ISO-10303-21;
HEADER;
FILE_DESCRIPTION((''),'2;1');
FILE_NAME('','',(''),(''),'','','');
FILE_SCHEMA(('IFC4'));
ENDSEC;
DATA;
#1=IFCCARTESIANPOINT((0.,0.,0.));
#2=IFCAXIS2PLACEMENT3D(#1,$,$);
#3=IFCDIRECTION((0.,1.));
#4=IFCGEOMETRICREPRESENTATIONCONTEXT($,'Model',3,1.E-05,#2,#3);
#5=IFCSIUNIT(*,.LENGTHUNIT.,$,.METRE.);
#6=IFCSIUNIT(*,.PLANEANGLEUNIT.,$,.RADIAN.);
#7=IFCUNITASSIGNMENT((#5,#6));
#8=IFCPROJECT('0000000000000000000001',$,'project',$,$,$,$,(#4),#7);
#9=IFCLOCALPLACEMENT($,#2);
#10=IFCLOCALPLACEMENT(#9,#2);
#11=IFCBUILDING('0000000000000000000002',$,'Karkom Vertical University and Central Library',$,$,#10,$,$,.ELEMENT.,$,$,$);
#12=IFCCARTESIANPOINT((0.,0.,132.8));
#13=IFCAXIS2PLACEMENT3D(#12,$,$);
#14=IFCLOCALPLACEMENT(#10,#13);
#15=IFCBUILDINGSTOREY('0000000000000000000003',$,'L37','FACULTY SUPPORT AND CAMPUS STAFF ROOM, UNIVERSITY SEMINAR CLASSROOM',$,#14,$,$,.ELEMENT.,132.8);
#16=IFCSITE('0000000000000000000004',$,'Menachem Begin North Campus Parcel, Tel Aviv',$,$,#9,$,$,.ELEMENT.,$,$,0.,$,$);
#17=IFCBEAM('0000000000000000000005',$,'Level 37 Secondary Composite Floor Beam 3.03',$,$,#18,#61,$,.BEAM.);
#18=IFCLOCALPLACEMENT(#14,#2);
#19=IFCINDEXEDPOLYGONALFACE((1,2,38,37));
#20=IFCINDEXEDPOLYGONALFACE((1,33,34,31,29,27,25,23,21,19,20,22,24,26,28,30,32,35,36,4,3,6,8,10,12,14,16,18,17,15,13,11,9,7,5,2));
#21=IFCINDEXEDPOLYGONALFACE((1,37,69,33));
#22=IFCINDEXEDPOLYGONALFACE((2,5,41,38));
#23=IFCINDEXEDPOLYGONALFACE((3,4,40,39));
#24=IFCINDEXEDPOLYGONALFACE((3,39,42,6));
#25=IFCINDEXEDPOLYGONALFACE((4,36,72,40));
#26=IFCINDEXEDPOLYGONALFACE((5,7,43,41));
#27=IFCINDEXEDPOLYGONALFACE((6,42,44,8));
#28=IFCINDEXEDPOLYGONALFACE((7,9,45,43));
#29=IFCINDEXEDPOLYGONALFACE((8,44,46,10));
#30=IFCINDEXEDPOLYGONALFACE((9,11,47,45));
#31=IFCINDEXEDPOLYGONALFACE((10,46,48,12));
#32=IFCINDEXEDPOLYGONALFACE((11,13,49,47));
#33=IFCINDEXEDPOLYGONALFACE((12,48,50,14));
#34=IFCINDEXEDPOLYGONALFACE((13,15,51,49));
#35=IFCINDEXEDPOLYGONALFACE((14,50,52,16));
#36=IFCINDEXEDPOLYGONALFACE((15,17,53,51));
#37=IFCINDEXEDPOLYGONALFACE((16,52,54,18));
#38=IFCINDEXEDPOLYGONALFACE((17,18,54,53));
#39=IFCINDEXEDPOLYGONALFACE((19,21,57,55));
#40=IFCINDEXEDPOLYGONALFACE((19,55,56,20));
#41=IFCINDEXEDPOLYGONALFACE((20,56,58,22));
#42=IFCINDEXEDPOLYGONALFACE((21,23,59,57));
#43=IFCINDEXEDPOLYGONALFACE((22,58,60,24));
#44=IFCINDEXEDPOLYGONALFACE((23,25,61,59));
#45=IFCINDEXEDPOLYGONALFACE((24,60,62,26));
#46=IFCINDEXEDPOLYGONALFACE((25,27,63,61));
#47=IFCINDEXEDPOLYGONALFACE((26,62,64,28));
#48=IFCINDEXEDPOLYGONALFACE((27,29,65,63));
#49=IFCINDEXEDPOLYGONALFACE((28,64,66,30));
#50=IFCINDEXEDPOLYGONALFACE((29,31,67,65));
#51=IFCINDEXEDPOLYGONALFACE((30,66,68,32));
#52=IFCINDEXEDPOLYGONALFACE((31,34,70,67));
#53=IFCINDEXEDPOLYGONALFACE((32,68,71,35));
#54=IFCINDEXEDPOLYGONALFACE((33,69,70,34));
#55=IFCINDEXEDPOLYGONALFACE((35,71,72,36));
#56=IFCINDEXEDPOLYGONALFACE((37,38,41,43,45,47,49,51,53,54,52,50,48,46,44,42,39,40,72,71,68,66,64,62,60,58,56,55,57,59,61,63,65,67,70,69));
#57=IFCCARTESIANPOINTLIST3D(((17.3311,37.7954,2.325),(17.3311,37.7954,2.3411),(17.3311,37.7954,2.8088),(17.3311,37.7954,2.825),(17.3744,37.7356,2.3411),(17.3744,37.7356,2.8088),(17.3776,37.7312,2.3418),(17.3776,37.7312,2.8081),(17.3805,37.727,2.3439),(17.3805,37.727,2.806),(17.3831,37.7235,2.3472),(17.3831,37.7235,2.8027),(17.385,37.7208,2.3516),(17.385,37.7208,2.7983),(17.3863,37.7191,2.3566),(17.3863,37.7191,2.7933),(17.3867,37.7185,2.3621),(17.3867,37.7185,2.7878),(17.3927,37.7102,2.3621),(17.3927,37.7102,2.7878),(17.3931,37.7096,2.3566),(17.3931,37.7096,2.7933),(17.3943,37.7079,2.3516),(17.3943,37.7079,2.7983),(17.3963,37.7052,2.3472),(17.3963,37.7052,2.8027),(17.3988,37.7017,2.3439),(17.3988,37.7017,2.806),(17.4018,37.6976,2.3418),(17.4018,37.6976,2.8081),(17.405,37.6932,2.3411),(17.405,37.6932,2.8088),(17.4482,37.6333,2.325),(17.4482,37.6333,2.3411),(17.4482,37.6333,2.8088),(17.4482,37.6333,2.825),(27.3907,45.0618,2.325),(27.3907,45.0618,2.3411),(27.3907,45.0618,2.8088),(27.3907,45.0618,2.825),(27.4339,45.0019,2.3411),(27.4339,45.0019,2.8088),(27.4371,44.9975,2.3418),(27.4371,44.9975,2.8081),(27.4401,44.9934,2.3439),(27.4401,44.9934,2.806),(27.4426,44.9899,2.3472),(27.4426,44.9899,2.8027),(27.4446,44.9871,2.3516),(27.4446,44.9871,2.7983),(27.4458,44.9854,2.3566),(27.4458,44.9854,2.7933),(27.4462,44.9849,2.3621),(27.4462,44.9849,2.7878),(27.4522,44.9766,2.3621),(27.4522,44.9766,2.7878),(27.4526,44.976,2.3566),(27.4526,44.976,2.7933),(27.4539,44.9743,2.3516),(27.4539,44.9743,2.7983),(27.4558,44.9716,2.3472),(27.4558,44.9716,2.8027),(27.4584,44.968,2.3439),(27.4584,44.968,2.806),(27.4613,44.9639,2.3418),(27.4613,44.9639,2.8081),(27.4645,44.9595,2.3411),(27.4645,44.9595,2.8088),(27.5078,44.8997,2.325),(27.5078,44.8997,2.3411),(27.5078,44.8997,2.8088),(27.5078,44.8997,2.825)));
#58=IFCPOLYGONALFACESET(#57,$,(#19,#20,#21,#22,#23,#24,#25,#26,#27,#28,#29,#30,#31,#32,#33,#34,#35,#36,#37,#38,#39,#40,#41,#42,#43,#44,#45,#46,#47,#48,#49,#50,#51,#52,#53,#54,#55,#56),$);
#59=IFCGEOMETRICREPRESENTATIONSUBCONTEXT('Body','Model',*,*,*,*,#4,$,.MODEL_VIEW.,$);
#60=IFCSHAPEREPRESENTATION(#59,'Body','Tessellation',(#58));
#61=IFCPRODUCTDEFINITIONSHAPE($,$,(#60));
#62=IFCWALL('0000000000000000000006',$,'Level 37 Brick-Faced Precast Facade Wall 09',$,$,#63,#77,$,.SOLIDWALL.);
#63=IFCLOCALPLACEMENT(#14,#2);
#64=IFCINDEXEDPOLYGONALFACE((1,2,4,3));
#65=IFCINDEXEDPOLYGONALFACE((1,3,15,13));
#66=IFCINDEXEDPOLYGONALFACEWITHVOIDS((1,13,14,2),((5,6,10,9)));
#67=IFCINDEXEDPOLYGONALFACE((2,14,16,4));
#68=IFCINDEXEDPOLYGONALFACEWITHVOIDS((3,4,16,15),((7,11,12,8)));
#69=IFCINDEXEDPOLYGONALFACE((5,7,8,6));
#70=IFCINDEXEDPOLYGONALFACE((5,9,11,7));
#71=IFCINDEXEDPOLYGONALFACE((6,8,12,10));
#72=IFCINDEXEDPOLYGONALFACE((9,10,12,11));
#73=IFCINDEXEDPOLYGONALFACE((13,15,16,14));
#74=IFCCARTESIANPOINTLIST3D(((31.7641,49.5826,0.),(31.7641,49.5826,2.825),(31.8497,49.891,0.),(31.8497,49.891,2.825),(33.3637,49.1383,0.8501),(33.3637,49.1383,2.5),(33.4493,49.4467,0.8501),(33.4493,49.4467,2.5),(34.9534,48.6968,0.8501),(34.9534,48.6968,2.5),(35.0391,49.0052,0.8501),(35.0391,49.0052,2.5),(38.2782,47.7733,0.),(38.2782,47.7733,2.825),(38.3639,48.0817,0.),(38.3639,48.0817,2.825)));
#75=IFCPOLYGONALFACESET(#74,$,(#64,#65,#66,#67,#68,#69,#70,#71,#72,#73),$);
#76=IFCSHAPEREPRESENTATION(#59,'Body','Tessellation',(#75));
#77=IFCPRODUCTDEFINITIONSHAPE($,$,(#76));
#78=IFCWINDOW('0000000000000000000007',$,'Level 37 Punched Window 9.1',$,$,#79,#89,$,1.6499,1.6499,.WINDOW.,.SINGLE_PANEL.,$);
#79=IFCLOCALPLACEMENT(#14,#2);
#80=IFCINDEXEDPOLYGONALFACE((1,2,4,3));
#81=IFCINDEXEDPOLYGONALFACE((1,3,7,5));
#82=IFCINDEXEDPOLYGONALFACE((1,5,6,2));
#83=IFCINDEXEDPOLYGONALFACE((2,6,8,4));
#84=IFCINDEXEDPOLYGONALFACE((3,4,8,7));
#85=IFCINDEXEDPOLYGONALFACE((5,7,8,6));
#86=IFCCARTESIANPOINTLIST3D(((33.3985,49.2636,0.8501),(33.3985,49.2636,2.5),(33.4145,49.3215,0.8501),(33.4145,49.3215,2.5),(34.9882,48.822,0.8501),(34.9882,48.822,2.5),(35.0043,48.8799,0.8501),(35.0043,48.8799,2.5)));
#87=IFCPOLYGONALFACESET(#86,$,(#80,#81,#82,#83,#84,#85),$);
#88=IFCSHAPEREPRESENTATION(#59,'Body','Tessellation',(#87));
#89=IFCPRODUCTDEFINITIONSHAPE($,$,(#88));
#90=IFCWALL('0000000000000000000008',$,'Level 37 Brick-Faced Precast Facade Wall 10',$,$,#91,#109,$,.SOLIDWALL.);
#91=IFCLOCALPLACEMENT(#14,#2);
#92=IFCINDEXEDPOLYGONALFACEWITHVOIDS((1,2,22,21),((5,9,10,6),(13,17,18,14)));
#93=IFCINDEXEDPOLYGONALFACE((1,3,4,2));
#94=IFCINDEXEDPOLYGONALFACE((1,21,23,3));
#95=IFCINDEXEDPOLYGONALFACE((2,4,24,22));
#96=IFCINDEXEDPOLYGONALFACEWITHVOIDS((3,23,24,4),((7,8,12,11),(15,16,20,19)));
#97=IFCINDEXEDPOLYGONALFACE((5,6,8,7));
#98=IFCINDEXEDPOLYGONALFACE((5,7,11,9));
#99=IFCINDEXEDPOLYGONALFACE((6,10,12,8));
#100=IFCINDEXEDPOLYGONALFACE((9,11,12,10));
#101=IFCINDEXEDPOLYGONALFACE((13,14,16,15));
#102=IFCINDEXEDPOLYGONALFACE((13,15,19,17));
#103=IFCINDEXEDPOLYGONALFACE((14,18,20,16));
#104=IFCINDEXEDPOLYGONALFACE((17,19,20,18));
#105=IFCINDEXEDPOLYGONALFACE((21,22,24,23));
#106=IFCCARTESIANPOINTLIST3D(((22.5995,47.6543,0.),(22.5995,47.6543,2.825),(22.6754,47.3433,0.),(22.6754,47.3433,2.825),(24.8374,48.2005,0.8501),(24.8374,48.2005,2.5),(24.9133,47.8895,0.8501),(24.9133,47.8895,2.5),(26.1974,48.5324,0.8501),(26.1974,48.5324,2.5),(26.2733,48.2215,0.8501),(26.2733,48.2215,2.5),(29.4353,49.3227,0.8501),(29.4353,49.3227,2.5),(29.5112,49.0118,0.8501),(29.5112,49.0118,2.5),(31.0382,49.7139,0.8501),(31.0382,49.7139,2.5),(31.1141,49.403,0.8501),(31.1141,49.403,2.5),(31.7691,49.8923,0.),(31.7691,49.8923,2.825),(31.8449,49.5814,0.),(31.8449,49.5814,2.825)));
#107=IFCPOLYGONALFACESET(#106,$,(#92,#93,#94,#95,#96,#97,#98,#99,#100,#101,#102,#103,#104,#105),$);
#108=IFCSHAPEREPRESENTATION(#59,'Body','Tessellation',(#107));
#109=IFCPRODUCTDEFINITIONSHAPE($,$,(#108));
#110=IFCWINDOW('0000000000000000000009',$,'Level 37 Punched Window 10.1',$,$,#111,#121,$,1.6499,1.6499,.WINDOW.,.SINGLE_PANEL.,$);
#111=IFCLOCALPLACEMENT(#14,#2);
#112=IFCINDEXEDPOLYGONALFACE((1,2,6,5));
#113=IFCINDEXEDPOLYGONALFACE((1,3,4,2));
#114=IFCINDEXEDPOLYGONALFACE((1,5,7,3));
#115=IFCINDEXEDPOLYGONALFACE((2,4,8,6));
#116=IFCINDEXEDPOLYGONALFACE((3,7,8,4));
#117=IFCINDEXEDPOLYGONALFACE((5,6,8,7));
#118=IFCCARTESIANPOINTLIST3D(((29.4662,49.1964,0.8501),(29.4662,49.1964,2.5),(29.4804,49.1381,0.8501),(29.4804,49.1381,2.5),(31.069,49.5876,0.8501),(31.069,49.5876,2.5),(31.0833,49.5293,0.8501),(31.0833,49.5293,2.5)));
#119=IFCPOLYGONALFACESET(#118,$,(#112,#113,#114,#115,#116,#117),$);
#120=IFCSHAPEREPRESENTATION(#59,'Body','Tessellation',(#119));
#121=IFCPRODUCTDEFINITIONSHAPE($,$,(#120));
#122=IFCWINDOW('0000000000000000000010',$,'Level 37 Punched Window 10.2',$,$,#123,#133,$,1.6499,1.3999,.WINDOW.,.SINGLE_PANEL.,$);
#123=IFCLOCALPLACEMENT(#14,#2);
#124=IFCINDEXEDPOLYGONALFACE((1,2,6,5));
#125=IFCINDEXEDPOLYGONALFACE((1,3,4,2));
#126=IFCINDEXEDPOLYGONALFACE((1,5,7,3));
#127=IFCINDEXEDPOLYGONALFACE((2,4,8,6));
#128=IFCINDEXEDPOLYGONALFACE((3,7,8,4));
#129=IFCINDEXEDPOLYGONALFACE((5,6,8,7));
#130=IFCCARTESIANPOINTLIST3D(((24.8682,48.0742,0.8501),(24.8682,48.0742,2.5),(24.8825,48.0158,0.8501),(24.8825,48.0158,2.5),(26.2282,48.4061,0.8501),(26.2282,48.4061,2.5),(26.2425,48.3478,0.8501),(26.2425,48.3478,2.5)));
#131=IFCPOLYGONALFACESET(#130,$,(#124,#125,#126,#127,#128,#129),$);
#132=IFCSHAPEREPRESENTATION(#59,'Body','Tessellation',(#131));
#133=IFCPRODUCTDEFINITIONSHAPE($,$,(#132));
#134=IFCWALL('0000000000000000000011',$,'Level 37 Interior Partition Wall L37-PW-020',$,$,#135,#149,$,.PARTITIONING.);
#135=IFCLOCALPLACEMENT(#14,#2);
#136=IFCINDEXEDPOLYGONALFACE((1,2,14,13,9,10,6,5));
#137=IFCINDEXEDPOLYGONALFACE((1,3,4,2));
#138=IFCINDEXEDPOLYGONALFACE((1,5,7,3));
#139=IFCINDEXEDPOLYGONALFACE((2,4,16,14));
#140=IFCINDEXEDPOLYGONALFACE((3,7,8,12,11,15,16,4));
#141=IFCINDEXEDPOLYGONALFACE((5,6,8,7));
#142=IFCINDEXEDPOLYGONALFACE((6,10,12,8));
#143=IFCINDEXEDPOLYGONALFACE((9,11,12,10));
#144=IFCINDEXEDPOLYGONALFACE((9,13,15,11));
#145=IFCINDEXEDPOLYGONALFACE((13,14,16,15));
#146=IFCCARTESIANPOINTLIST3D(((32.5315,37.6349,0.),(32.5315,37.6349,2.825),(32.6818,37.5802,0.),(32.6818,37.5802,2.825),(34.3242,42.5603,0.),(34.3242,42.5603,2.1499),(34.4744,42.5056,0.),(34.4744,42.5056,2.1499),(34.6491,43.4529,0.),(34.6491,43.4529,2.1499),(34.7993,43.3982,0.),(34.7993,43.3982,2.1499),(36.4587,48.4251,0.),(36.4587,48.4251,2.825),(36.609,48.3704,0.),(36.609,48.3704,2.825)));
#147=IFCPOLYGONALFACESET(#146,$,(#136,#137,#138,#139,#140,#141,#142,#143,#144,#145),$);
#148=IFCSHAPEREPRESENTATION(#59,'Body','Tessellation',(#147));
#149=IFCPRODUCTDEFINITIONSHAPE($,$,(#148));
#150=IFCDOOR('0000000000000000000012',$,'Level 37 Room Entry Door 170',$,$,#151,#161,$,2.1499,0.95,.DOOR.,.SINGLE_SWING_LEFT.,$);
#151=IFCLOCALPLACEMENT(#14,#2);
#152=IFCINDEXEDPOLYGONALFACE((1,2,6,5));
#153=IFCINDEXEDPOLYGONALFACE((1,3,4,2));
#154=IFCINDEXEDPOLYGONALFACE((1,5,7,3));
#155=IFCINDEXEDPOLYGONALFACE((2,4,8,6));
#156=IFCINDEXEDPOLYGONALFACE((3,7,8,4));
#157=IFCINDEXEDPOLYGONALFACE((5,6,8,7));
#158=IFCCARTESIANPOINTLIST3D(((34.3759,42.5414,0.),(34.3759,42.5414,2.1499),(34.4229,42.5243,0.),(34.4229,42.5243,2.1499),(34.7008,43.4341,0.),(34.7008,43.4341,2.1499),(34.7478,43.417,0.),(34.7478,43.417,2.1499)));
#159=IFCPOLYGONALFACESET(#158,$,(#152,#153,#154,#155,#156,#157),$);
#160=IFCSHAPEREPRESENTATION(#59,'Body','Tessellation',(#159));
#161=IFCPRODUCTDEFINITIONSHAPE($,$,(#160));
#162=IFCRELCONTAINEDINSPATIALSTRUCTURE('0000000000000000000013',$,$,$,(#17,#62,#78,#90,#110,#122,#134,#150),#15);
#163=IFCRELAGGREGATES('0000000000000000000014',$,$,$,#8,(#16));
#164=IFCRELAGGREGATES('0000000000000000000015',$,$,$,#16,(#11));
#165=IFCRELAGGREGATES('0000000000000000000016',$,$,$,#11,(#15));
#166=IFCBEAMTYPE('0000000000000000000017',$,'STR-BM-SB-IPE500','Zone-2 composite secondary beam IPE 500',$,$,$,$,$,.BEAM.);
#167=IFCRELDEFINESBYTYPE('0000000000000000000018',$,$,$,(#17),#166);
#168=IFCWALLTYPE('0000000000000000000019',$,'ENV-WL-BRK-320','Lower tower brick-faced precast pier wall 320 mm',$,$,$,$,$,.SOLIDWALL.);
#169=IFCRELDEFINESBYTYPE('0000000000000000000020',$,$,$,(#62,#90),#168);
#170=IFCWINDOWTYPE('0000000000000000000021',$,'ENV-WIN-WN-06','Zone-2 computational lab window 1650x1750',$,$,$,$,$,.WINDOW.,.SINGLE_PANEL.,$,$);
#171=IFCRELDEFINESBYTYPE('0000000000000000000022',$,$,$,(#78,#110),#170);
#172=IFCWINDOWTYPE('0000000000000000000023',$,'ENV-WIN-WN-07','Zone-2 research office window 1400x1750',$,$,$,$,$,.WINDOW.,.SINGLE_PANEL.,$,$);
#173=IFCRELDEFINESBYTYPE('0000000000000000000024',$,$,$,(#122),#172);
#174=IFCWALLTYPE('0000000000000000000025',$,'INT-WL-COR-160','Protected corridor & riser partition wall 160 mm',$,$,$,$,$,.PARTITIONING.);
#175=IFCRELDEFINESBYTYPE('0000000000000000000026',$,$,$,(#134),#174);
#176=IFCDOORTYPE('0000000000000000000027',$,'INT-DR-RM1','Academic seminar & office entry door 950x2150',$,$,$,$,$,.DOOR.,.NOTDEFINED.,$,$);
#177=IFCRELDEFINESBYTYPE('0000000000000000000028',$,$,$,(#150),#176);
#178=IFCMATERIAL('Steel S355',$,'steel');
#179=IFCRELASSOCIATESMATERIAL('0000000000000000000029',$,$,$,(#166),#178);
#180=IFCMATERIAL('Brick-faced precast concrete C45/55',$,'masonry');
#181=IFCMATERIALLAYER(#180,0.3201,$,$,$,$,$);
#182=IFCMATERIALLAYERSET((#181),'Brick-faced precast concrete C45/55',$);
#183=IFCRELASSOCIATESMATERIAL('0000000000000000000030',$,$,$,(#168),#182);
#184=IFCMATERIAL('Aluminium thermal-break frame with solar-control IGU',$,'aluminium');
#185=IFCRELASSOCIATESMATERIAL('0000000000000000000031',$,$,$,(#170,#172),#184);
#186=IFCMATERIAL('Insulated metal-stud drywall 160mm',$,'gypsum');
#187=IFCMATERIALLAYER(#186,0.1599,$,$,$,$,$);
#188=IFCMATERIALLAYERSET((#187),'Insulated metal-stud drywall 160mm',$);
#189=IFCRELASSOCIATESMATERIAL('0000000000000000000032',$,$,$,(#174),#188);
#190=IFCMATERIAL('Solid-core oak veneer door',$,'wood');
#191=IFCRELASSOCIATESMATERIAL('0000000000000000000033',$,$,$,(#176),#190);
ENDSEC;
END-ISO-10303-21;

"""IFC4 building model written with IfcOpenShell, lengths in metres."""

from ifc_helpers import new_model, si_unit, direction, frame, frame_2d, origin, origin_with_axes, origin_2d, place, context, subcontext, project, spatial, rectangle, i_section, extrude, source, transform, mapped, material, layer, layer_set, material_profile, profile_set, type_object, element, fill, save


model = new_model("IFC4")

# Units and contexts
model_context = context("Model", 3, precision=1e-05, world=origin(), true_north=direction((0.0, 1.0)))
body_context = subcontext(model_context, "Body", "Model", "MODEL_VIEW")
ifc_project = project(units=[si_unit("LENGTHUNIT", "METRE"), si_unit("PLANEANGLEUNIT", "RADIAN")], contexts=[model_context])

# Site, building, storey
site_placement = place(None, origin())
site = spatial("IfcSite", under=ifc_project, at=site_placement, Name="Menachem Begin North Campus Parcel, Tel Aviv", CompositionType="ELEMENT", RefElevation=0.0)
building_placement = place(site_placement, origin())
building = spatial("IfcBuilding", under=site, at=building_placement, Name="Karkom Vertical University and Central Library", CompositionType="ELEMENT")
storey_placement = place(building_placement, frame((0.0, 0.0, 132.8)))
storey = spatial("IfcBuildingStorey", under=building, at=storey_placement, Name="L37", Description="FACULTY SUPPORT AND CAMPUS STAFF ROOM, UNIVERSITY SEMINAR CLASSROOM", CompositionType="ELEMENT", Elevation=132.8)

# Beam
ifc_material_1 = material(Name="Steel S355", Category="steel")
ifc_material_profile_1 = material_profile(ifc_material_1, i_section(OverallWidth=0.2, OverallDepth=0.5, WebThickness=0.0103, FlangeThickness=0.0161, FilletRadius=0.021, at=origin_2d()), Name="IPE 500")
ifc_profile_set_1 = profile_set([ifc_material_profile_1], Name="Steel S355")
beam_type_1 = type_object("IfcBeamType", Name="STR-BM-SB-IPE500", Description="Zone-2 composite secondary beam IPE 500", PredefinedType="BEAM", material=ifc_profile_set_1)
shared_shape_1 = source(origin_with_axes(), body_context, "Body", "SweptSolid", [
    extrude(i_section(OverallWidth=0.2, OverallDepth=0.5, WebThickness=0.0103, FlangeThickness=0.0161, FilletRadius=0.021, at=origin_2d()), origin(), (0.0, 0.0, 1.0), 12.4094),
])
beam_1_placement = place(storey_placement, frame((27.4492, 44.9807, 2.575), z_axis=(-0.810637, -0.585549, 0.0), x_axis=(0.585549, -0.810637, 0.0)))
element("IfcBeam", 1, at=beam_1_placement, inside=storey, type_object=beam_type_1, Name="Level 37 Secondary Composite Floor Beam 3.03", PredefinedType="BEAM", context=body_context, shape_type="MappedRepresentation", body=[
    mapped(shared_shape_1, transform((0.0, 0.0, 0.0), scale=1.0)),
])

# Wall, opening, window
ifc_material_2 = material(Name="Brick-faced precast concrete C45/55", Category="masonry")
ifc_layer_1 = layer(ifc_material_2, 0.3201)
ifc_layer_set_1 = layer_set([ifc_layer_1], Name="Brick-faced precast concrete C45/55")
wall_type_1 = type_object("IfcWallType", Name="ENV-WL-BRK-320", Description="Lower tower brick-faced precast pier wall 320 mm", PredefinedType="SOLIDWALL", material=ifc_layer_set_1)
wall_1_placement = place(storey_placement, frame((38.321, 47.9275, 0.0), z_axis=(0.0, 0.0, 1.0), x_axis=(-0.963524, 0.267622, 0.0)))
wall_1 = element("IfcWall", 2, at=wall_1_placement, inside=storey, type_object=wall_type_1, Name="Level 37 Brick-Faced Precast Facade Wall 09", PredefinedType="SOLIDWALL", context=body_context, shape_type="SweptSolid", body=[
    extrude(rectangle(XDim=6.7607, YDim=0.3201, at=frame_2d((3.3804, 0.0))), origin(), (0.0, 0.0, 1.0), 2.825),
])
opening_1_placement = place(wall_1_placement, frame((3.4507, 0.0, 0.8501)))
opening_1 = element("IfcOpeningElement", 3, at=opening_1_placement, cuts=wall_1, PredefinedType="OPENING", context=body_context, shape_type="SweptSolid", body=[
    extrude(rectangle(XDim=1.6499, YDim=1.6499, at=frame_2d((0.825, 0.825))), frame((0.0, 0.1699, 0.0), z_axis=(0.0, -1.0, 0.0), x_axis=(1.0, 0.0, 0.0)), (0.0, 0.0, 1.0), 0.3401),
])
ifc_material_3 = material(Name="Aluminium thermal-break frame with solar-control IGU", Category="aluminium")
window_type_1 = type_object("IfcWindowType", Name="ENV-WIN-WN-06", Description="Zone-2 computational lab window 1650x1750", PartitioningType="SINGLE_PANEL", PredefinedType="WINDOW", material=ifc_material_3)
shared_shape_2 = source(origin_with_axes(), body_context, "Body", "SweptSolid", [
    extrude(rectangle(XDim=1.6499, YDim=1.6499, at=frame_2d((0.825, 0.825))), frame((0.0, 0.03, 0.0), z_axis=(0.0, -1.0, 0.0), x_axis=(1.0, 0.0, 0.0)), (0.0, 0.0, 1.0), 0.0601),
])
window_1_placement = place(opening_1_placement, origin())
window_1 = element("IfcWindow", 4, at=window_1_placement, inside=storey, type_object=window_type_1, Name="Level 37 Punched Window 9.1", OverallHeight=1.6499, OverallWidth=1.6499, PartitioningType="SINGLE_PANEL", PredefinedType="WINDOW", context=body_context, shape_type="MappedRepresentation", body=[
    mapped(shared_shape_2, transform((0.0, 0.0, 0.0), scale=1.0)),
])
fill(opening_1, window_1)

# Wall, openings, windows
wall_2_placement = place(storey_placement, frame((31.8069, 49.7368, 0.0), z_axis=(0.0, 0.0, 1.0), x_axis=(-0.971482, -0.237115, 0.0)))
wall_2 = element("IfcWall", 5, at=wall_2_placement, inside=storey, type_object=wall_type_1, Name="Level 37 Brick-Faced Precast Facade Wall 10", PredefinedType="SOLIDWALL", context=body_context, shape_type="SweptSolid", body=[
    extrude(rectangle(XDim=9.4387, YDim=0.3201, at=frame_2d((4.7192, 0.0))), origin(), (0.0, 0.0, 1.0), 2.825),
])
opening_2_placement = place(wall_2_placement, frame((0.7522, 0.0, 0.8501)))
opening_2 = element("IfcOpeningElement", 6, at=opening_2_placement, cuts=wall_2, PredefinedType="OPENING", context=body_context, shape_type="SweptSolid", body=[
    extrude(rectangle(XDim=1.6499, YDim=1.6499, at=frame_2d((0.825, 0.825))), frame((0.0, 0.1699, 0.0), z_axis=(0.0, -1.0, 0.0), x_axis=(1.0, 0.0, 0.0)), (0.0, 0.0, 1.0), 0.3401),
])
opening_3_placement = place(wall_2_placement, frame((5.7351, 0.0, 0.8501)))
opening_3 = element("IfcOpeningElement", 7, at=opening_3_placement, cuts=wall_2, PredefinedType="OPENING", context=body_context, shape_type="SweptSolid", body=[
    extrude(rectangle(XDim=1.3999, YDim=1.6499, at=frame_2d((0.7, 0.825))), frame((0.0, 0.1699, 0.0), z_axis=(0.0, -1.0, 0.0), x_axis=(1.0, 0.0, 0.0)), (0.0, 0.0, 1.0), 0.3401),
])
window_2_placement = place(opening_2_placement, origin())
window_2 = element("IfcWindow", 8, at=window_2_placement, inside=storey, type_object=window_type_1, Name="Level 37 Punched Window 10.1", OverallHeight=1.6499, OverallWidth=1.6499, PartitioningType="SINGLE_PANEL", PredefinedType="WINDOW", context=body_context, shape_type="MappedRepresentation", body=[
    mapped(shared_shape_2, transform((0.0, 0.0, 0.0), scale=1.0)),
])
fill(opening_2, window_2)
window_type_2 = type_object("IfcWindowType", Name="ENV-WIN-WN-07", Description="Zone-2 research office window 1400x1750", PartitioningType="SINGLE_PANEL", PredefinedType="WINDOW", material=ifc_material_3)
shared_shape_3 = source(origin_with_axes(), body_context, "Body", "SweptSolid", [
    extrude(rectangle(XDim=1.3999, YDim=1.6499, at=frame_2d((0.7, 0.825))), frame((0.0, 0.03, 0.0), z_axis=(0.0, -1.0, 0.0), x_axis=(1.0, 0.0, 0.0)), (0.0, 0.0, 1.0), 0.0601),
])
window_3_placement = place(opening_3_placement, origin())
window_3 = element("IfcWindow", 9, at=window_3_placement, inside=storey, type_object=window_type_2, Name="Level 37 Punched Window 10.2", OverallHeight=1.6499, OverallWidth=1.3999, PartitioningType="SINGLE_PANEL", PredefinedType="WINDOW", context=body_context, shape_type="MappedRepresentation", body=[
    mapped(shared_shape_3, transform((0.0, 0.0, 0.0), scale=1.0)),
])
fill(opening_3, window_3)

# Shared definitions
ifc_material_4 = material(Name="Insulated metal-stud drywall 160mm", Category="gypsum")
ifc_layer_2 = layer(ifc_material_4, 0.1599)
ifc_layer_set_2 = layer_set([ifc_layer_2], Name="Insulated metal-stud drywall 160mm")
wall_type_2 = type_object("IfcWallType", Name="INT-WL-COR-160", Description="Protected corridor & riser partition wall 160 mm", PredefinedType="PARTITIONING", material=ifc_layer_set_2)
ifc_material_5 = material(Name="Solid-core oak veneer door", Category="wood")
door_type_1 = type_object("IfcDoorType", Name="INT-DR-RM1", Description="Academic seminar & office entry door 950x2150", OperationType="NOTDEFINED", PredefinedType="DOOR", material=ifc_material_5)
shared_shape_4 = source(origin_with_axes(), body_context, "Body", "SweptSolid", [
    extrude(rectangle(XDim=0.95, YDim=2.1499, at=frame_2d((0.4751, 1.075))), frame((0.0, 0.0249, 0.0), z_axis=(0.0, -1.0, 0.0), x_axis=(1.0, 0.0, 0.0)), (0.0, 0.0, 1.0), 0.05),
])

# Wall, opening, door
wall_3_placement = place(storey_placement, frame((32.6067, 37.6077, 0.0), z_axis=(0.0, 0.0, 1.0), x_axis=(0.342013, 0.939695, 0.0)))
wall_3 = element("IfcWall", 10, at=wall_3_placement, inside=storey, type_object=wall_type_2, Name="Level 37 Interior Partition Wall L37-PW-020", PredefinedType="PARTITIONING", context=body_context, shape_type="SweptSolid", body=[
    extrude(rectangle(XDim=11.4827, YDim=0.1599, at=frame_2d((5.7412, 0.0))), origin(), (0.0, 0.0, 1.0), 2.825),
])
opening_4_placement = place(wall_3_placement, frame((5.2412, 0.0, 0.0)))
opening_4 = element("IfcOpeningElement", 11, at=opening_4_placement, cuts=wall_3, PredefinedType="OPENING", context=body_context, shape_type="SweptSolid", body=[
    extrude(rectangle(XDim=0.95, YDim=2.1499, at=frame_2d((0.4751, 1.075))), frame((0.0, 0.0898, 0.0), z_axis=(0.0, -1.0, 0.0), x_axis=(1.0, 0.0, 0.0)), (0.0, 0.0, 1.0), 0.1799),
])
door_1_placement = place(opening_4_placement, origin())
door_1 = element("IfcDoor", 12, at=door_1_placement, inside=storey, type_object=door_type_1, Name="Level 37 Room Entry Door 170", OperationType="SINGLE_SWING_LEFT", OverallHeight=2.1499, OverallWidth=0.95, PredefinedType="DOOR", context=body_context, shape_type="MappedRepresentation", body=[
    mapped(shared_shape_4, transform((0.0, 0.0, 0.0), scale=1.0)),
])
fill(opening_4, door_1)

save(model, "model.ifc")
